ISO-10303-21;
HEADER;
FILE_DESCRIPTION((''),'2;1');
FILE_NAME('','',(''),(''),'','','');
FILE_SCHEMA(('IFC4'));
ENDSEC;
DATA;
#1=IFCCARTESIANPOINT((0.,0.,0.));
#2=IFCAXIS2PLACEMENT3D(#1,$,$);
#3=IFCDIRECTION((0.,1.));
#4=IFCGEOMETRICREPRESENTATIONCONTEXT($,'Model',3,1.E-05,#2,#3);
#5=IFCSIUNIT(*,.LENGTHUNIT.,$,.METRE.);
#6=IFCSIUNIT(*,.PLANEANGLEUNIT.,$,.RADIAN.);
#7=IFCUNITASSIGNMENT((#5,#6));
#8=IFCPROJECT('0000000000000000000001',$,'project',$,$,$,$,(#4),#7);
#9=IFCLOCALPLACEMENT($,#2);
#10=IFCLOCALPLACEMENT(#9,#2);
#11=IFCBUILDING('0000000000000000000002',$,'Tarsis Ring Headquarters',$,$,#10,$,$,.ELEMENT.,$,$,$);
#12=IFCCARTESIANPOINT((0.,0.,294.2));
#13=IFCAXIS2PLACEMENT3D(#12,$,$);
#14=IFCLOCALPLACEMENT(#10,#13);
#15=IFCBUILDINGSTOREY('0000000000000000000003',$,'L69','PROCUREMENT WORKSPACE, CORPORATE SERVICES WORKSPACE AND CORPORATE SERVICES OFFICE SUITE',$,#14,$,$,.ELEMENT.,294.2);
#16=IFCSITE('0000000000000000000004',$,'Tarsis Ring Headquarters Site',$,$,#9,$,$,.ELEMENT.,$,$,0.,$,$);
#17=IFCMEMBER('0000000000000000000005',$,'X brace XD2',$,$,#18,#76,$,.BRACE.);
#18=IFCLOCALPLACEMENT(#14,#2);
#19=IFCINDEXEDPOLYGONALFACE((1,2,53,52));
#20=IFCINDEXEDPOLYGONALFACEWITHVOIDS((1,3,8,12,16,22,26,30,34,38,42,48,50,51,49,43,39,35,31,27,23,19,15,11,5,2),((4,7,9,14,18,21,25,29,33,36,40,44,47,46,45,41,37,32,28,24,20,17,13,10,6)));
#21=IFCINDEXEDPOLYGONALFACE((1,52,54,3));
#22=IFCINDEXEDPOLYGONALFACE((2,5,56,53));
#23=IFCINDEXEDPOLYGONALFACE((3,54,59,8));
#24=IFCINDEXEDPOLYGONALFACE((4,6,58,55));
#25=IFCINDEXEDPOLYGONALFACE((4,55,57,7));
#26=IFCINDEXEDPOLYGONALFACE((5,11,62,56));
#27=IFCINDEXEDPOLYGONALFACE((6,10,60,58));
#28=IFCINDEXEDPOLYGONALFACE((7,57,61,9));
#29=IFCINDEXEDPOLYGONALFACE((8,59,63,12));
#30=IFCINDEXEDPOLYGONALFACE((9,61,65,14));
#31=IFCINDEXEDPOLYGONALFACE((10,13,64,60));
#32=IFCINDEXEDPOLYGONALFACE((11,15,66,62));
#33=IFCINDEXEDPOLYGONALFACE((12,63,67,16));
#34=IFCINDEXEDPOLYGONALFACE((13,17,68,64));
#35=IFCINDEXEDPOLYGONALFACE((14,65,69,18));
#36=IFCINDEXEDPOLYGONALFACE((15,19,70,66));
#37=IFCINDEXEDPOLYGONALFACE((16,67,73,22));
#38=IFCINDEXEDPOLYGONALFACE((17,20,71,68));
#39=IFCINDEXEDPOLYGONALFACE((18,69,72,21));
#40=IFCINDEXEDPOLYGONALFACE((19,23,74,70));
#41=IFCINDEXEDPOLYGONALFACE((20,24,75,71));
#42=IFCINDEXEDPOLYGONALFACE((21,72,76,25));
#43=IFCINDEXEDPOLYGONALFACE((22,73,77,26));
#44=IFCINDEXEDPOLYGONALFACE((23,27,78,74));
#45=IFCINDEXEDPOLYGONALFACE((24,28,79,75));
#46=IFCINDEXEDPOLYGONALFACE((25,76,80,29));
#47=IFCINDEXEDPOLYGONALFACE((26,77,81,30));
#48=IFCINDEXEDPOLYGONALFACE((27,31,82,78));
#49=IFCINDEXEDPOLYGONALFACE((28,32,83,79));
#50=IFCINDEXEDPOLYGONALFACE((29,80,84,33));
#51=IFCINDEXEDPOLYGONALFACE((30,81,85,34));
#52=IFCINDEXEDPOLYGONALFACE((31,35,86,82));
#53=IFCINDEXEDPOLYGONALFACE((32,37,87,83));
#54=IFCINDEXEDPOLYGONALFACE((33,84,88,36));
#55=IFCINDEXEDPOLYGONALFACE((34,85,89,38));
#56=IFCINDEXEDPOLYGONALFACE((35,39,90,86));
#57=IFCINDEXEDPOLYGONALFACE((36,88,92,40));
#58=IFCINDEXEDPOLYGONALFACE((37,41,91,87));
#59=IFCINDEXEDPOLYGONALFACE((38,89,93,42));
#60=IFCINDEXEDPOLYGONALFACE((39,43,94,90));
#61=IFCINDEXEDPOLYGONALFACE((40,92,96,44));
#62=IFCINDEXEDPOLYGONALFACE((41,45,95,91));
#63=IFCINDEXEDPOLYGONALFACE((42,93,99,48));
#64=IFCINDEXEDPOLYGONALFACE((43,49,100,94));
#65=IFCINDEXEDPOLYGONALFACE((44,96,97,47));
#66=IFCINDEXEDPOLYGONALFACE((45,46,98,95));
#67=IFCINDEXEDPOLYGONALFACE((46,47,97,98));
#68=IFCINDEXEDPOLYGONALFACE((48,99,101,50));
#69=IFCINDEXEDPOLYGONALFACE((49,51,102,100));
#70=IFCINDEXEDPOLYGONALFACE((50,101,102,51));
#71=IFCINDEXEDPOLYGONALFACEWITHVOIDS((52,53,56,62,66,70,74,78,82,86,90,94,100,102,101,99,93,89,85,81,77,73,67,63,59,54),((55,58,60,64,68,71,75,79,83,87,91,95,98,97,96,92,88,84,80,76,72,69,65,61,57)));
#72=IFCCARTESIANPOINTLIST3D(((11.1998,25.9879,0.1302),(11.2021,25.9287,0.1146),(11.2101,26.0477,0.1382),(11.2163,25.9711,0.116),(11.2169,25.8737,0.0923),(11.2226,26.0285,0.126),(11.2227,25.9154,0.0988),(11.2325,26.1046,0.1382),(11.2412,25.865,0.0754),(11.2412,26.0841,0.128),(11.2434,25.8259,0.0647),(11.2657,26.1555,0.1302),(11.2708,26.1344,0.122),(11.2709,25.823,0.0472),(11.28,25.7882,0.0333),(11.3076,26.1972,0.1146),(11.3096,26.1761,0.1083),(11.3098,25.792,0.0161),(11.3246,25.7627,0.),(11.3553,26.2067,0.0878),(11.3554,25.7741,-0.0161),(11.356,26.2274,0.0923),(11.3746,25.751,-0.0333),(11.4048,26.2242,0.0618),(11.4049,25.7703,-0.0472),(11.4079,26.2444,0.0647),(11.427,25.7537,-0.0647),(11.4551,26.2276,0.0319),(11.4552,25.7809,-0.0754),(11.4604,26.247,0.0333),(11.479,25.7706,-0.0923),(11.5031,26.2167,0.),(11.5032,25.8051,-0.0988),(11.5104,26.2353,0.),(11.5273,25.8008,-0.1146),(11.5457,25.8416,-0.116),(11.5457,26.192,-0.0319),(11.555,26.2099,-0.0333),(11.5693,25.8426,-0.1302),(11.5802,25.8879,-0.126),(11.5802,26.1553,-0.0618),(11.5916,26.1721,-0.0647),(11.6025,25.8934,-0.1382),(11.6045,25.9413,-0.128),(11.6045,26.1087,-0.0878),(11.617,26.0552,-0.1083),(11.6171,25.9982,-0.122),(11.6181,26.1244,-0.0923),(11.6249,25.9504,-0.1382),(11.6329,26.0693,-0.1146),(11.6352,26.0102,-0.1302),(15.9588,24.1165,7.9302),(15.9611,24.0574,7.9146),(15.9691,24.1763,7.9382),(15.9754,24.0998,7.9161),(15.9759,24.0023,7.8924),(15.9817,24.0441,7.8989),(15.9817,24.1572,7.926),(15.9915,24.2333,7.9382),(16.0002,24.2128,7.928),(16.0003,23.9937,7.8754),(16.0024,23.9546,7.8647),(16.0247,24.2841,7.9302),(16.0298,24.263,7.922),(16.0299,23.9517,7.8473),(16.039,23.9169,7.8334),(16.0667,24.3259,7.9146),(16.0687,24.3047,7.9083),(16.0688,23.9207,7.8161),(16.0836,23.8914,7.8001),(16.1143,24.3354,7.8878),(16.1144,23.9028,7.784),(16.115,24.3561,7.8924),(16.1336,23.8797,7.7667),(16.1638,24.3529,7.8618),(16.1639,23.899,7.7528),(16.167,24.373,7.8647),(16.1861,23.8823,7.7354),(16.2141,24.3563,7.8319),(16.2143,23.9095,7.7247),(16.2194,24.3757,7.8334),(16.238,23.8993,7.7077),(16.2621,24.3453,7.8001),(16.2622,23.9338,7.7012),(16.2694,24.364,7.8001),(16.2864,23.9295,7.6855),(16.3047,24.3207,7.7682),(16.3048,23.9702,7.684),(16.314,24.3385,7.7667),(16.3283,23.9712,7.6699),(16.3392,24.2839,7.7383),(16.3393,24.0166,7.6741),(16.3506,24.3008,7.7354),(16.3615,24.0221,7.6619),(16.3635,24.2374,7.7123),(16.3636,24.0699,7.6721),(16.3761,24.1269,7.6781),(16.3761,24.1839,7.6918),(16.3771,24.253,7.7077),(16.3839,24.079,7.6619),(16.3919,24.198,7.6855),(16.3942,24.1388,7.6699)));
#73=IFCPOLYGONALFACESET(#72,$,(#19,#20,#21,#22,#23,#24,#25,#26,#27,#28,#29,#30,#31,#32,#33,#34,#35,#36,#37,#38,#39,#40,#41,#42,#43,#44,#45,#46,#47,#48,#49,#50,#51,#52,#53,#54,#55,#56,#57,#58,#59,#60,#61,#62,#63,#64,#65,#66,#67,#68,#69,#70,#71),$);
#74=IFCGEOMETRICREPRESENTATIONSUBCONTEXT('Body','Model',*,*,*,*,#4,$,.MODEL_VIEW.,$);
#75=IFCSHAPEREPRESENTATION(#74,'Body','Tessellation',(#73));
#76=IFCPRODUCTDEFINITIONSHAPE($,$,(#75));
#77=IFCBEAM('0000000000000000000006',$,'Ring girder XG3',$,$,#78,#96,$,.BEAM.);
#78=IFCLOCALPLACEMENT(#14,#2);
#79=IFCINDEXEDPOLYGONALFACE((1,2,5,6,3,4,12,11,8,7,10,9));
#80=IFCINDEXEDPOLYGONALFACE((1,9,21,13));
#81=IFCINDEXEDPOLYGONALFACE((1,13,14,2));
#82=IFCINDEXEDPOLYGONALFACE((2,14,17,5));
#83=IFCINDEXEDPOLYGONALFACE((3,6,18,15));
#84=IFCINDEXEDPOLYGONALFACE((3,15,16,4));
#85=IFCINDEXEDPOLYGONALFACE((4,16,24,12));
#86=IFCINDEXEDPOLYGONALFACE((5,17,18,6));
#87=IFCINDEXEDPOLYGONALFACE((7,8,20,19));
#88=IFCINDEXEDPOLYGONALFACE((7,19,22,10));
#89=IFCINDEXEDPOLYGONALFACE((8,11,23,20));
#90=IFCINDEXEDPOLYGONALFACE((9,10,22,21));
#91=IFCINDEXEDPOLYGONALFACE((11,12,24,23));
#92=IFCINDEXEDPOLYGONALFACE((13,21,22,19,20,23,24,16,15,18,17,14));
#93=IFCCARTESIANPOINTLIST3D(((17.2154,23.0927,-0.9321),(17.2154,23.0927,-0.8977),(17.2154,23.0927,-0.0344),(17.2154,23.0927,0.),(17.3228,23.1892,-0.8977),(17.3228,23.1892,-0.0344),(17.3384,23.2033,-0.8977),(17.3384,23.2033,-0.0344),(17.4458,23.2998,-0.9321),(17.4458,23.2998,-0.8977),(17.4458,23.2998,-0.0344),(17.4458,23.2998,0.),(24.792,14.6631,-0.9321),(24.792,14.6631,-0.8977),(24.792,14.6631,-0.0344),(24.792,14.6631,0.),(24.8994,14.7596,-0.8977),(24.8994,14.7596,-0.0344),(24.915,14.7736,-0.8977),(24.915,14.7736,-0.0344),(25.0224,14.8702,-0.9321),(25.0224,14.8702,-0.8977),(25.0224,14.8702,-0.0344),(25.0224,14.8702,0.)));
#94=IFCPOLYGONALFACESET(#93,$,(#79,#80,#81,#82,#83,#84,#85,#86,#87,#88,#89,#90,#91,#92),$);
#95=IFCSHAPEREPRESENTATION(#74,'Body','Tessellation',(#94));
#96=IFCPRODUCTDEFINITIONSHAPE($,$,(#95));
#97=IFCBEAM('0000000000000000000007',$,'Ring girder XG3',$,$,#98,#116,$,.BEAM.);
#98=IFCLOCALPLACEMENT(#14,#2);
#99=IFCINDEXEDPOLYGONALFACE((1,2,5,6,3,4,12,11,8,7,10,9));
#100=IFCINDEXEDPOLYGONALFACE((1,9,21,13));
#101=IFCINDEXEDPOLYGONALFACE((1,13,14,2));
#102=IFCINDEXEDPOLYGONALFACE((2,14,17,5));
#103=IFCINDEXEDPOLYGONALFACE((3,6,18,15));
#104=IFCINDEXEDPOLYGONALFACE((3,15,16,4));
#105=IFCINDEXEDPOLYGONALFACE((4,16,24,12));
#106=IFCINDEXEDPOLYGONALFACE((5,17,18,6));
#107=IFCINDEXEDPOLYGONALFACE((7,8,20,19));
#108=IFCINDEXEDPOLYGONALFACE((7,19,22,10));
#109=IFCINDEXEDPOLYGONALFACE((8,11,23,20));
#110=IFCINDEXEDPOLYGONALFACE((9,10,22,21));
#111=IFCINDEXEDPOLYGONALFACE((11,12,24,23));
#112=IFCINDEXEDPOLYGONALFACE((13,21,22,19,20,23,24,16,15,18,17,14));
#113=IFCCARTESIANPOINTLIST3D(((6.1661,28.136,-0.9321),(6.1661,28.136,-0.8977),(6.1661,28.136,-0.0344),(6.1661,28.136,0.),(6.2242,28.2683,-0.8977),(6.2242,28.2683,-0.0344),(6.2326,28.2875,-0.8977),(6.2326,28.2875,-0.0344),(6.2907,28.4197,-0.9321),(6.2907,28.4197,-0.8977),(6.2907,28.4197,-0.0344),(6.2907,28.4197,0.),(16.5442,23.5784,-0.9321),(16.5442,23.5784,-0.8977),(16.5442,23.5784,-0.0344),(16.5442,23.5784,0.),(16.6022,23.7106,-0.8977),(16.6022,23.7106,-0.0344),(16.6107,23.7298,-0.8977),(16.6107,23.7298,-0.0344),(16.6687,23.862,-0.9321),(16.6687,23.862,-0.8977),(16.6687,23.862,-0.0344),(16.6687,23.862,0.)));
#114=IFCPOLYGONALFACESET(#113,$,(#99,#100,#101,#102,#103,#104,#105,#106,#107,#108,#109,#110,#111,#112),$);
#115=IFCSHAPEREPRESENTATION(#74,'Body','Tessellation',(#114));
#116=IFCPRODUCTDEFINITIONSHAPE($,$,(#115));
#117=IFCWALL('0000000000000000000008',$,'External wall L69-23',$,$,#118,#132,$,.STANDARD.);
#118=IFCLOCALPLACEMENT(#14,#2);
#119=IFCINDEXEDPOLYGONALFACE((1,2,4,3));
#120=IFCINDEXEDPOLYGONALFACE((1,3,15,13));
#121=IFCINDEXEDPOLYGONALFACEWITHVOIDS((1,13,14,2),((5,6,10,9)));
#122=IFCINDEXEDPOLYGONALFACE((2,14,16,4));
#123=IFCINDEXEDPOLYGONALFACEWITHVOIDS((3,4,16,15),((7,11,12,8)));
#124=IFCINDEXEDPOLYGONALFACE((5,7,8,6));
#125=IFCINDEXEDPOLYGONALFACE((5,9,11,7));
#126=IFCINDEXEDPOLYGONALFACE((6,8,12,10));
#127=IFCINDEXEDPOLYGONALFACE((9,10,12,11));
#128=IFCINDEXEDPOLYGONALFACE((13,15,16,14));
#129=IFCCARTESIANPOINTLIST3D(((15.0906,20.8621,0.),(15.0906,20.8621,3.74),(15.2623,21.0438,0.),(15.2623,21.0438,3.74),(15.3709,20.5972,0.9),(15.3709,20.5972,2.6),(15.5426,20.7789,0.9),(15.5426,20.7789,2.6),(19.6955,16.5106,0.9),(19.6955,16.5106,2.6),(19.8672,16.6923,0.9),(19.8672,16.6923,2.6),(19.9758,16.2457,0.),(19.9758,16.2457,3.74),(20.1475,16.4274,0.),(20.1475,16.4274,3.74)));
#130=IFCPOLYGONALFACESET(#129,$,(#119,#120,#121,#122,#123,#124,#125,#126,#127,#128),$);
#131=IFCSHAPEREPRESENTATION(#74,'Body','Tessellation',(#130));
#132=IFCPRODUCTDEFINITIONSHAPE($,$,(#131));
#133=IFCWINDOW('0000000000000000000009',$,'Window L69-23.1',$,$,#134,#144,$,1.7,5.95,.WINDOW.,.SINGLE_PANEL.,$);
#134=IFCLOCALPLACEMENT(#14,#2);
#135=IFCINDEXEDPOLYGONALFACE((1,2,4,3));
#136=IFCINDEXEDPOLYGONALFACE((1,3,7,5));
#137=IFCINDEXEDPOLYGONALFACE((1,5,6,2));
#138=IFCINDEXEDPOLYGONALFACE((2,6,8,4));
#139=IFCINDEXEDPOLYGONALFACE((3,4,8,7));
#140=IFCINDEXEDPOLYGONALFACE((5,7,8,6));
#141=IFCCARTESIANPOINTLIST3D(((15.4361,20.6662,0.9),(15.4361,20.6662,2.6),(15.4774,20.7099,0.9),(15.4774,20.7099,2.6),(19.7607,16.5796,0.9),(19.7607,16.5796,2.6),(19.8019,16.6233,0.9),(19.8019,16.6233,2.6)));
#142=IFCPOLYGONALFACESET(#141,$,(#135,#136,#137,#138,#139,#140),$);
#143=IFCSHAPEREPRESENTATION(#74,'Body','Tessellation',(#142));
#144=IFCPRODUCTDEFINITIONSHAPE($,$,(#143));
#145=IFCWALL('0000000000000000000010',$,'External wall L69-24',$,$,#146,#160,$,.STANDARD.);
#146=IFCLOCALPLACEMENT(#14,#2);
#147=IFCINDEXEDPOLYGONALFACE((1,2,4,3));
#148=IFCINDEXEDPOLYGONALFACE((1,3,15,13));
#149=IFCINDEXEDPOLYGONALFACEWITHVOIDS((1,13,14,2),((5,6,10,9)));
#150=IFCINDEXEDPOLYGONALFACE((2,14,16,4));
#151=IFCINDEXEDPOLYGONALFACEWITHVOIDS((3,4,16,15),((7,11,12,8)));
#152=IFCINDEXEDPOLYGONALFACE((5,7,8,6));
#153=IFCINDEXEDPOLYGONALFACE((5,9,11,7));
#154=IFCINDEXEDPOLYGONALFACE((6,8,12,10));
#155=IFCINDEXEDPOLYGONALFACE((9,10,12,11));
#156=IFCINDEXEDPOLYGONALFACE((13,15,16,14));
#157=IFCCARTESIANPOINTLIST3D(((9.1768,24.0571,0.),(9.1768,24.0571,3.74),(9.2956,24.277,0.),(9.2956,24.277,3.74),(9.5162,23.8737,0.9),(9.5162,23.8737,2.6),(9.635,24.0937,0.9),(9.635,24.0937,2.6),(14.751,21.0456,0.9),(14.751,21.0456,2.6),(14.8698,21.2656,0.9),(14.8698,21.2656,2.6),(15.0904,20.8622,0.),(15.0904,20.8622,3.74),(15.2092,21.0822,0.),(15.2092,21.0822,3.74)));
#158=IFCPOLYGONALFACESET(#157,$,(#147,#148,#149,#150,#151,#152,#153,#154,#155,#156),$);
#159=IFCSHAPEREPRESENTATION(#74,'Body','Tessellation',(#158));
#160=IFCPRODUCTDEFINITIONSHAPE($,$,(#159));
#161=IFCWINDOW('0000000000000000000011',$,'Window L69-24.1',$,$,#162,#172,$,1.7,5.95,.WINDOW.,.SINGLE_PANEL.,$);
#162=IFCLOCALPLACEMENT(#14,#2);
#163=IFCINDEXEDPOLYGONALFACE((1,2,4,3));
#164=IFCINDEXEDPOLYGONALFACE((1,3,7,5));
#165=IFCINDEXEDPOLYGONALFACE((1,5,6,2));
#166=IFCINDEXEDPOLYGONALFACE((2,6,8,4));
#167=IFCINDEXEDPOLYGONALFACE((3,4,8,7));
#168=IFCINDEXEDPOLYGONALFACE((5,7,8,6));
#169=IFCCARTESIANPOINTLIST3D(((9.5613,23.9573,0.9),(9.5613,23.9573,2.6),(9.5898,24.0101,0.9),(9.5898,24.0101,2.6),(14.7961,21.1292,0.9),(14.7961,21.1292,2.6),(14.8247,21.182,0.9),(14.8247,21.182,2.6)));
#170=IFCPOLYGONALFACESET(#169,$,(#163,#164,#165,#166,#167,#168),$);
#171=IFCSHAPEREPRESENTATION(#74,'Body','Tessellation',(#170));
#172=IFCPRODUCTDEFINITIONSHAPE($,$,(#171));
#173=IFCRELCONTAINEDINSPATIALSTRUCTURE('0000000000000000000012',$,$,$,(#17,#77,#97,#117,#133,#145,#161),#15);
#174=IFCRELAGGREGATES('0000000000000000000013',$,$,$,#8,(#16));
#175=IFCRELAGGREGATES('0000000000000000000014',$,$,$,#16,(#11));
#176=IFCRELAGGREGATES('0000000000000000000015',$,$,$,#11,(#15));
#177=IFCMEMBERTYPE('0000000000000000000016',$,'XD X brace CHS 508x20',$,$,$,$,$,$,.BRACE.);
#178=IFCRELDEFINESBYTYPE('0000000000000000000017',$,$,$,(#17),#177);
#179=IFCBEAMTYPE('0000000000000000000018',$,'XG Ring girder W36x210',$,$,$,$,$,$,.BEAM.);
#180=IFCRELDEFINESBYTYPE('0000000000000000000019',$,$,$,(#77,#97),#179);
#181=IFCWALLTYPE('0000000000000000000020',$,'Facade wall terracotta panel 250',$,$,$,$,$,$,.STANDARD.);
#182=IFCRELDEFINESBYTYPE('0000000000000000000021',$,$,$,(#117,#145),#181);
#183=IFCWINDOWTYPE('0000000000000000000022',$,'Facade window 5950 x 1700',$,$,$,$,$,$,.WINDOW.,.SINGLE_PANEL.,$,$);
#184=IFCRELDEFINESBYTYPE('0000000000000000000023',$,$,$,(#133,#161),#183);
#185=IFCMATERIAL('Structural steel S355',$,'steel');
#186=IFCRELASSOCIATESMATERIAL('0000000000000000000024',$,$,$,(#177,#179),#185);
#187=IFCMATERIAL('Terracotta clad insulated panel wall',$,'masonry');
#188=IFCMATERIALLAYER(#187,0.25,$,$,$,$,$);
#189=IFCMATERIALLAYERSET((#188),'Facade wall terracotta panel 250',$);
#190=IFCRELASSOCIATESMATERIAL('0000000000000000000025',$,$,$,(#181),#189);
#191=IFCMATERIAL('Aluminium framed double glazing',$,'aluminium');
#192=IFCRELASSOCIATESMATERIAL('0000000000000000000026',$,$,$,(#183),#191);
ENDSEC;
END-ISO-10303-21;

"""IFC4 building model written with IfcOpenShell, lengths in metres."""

from ifc_helpers import new_model, si_unit, direction, frame, frame_2d, origin, origin_2d, place, context, subcontext, project, spatial, rectangle, hollow_circle, i_section, extrude, material, layer, layer_set, material_profile, profile_set, type_object, element, fill, save


model = new_model("IFC4")

# Units and contexts
model_context = context("Model", 3, precision=1e-05, world=origin(), true_north=direction((0.0, 1.0)))
body_context = subcontext(model_context, "Body", "Model", "MODEL_VIEW")
ifc_project = project(units=[si_unit("LENGTHUNIT", "METRE"), si_unit("PLANEANGLEUNIT", "RADIAN")], contexts=[model_context])

# Site, building, storey
site_placement = place(None, origin())
site = spatial("IfcSite", under=ifc_project, at=site_placement, Name="Tarsis Ring Headquarters Site", CompositionType="ELEMENT", RefElevation=0.0)
building_placement = place(site_placement, origin())
building = spatial("IfcBuilding", under=site, at=building_placement, Name="Tarsis Ring Headquarters", CompositionType="ELEMENT")
storey_placement = place(building_placement, frame((0.0, 0.0, 294.2)))
storey = spatial("IfcBuildingStorey", under=building, at=storey_placement, Name="L69", Description="PROCUREMENT WORKSPACE, CORPORATE SERVICES WORKSPACE AND CORPORATE SERVICES OFFICE SUITE", CompositionType="ELEMENT", Elevation=294.2)

# Shared definitions
ifc_material_1 = material(Name="Structural steel S355", Category="steel")

# Member
ifc_material_profile_1 = material_profile(ifc_material_1, hollow_circle(Radius=0.2539, WallThickness=0.02, at=origin_2d()), Name="CHS 508x20")
ifc_profile_set_1 = profile_set([ifc_material_profile_1], Name="Structural steel S355")
member_type = type_object("IfcMemberType", Name="XD X brace CHS 508x20", PredefinedType="BRACE", material=ifc_profile_set_1)
member_1_placement = place(storey_placement, frame((11.4175, 25.999, 0.0), z_axis=(0.510248, -0.200639, 0.836296), x_axis=(0.365943, 0.930637, 0.0)))
element("IfcMember", 1, at=member_1_placement, inside=storey, type_object=member_type, Name="X brace XD2", PredefinedType="BRACE", context=body_context, shape_type="SweptSolid", body=[
    extrude(hollow_circle(Radius=0.2539, WallThickness=0.02, at=origin_2d()), origin(), (0.0, 0.0, 1.0), 9.3269),
])

# Beams
ifc_material_profile_2 = material_profile(ifc_material_1, i_section(OverallWidth=0.3098, OverallDepth=0.9321, WebThickness=0.021, FlangeThickness=0.0344, at=origin_2d()), Name="W36x210")
ifc_profile_set_2 = profile_set([ifc_material_profile_2], Name="Structural steel S355")
beam_type_1 = type_object("IfcBeamType", Name="XG Ring girder W36x210", PredefinedType="BEAM", material=ifc_profile_set_2)
beam_1_placement = place(storey_placement, frame((24.9072, 14.7666, -0.4661), z_axis=(-0.668474, 0.743735, 0.0), x_axis=(-0.743735, -0.668474, 0.0)))
element("IfcBeam", 2, at=beam_1_placement, inside=storey, type_object=beam_type_1, Name="Ring girder XG3", PredefinedType="BEAM", context=body_context, shape_type="SweptSolid", body=[
    extrude(i_section(OverallWidth=0.3098, OverallDepth=0.9321, WebThickness=0.021, FlangeThickness=0.0344, at=origin_2d()), origin(), (0.0, 0.0, 1.0), 11.3342),
])
beam_2_placement = place(storey_placement, frame((16.6064, 23.7202, -0.4661), z_axis=(-0.915597, 0.402098, 0.0), x_axis=(-0.402098, -0.915597, 0.0)))
element("IfcBeam", 3, at=beam_2_placement, inside=storey, type_object=beam_type_1, Name="Ring girder XG3", PredefinedType="BEAM", context=body_context, shape_type="SweptSolid", body=[
    extrude(i_section(OverallWidth=0.3098, OverallDepth=0.9321, WebThickness=0.021, FlangeThickness=0.0344, at=origin_2d()), origin(), (0.0, 0.0, 1.0), 11.3347),
])

# Walls, openings, windows
ifc_material_2 = material(Name="Terracotta clad insulated panel wall", Category="masonry")
ifc_layer = layer(ifc_material_2, 0.25)
ifc_layer_set = layer_set([ifc_layer], Name="Facade wall terracotta panel 250")
wall_type = type_object("IfcWallType", Name="Facade wall terracotta panel 250", PredefinedType="STANDARD", material=ifc_layer_set)
wall_1_placement = place(storey_placement, frame((20.0618, 16.3364, 0.0), z_axis=(0.0, 0.0, 1.0), x_axis=(-0.72682, 0.686828, 0.0)))
wall_1 = element("IfcWall", 4, at=wall_1_placement, inside=storey, type_object=wall_type, Name="External wall L69-23", PredefinedType="STANDARD", context=body_context, shape_type="SweptSolid", body=[
    extrude(rectangle(XDim=6.7214, YDim=0.25, at=frame_2d((3.3608, 0.0))), origin(), (0.0, 0.0, 1.0), 3.74),
])
opening_1_placement = place(wall_1_placement, frame((0.3857, 0.0, 0.8999)))
opening_1 = element("IfcOpeningElement", 5, at=opening_1_placement, cuts=wall_1, PredefinedType="OPENING", context=body_context, shape_type="SweptSolid", body=[
    extrude(rectangle(XDim=5.95, YDim=1.7, at=frame_2d((2.9751, 0.8501))), frame((0.0, 0.135, 0.0), z_axis=(0.0, -1.0, 0.0), x_axis=(1.0, 0.0, 0.0)), (0.0, 0.0, 1.0), 0.27),
])
ifc_material_3 = material(Name="Aluminium framed double glazing", Category="aluminium")
window_type = type_object("IfcWindowType", Name="Facade window 5950 x 1700", PartitioningType="SINGLE_PANEL", PredefinedType="WINDOW", material=ifc_material_3)
window_1_placement = place(opening_1_placement, origin())
window_1 = element("IfcWindow", 6, at=window_1_placement, inside=storey, type_object=window_type, Name="Window L69-23.1", OverallHeight=1.7, OverallWidth=5.95, PartitioningType="SINGLE_PANEL", PredefinedType="WINDOW", context=body_context, shape_type="SweptSolid", body=[
    extrude(rectangle(XDim=5.95, YDim=1.7, at=frame_2d((2.9751, 0.8501))), frame((0.0, 0.03, 0.0), z_axis=(0.0, -1.0, 0.0), x_axis=(1.0, 0.0, 0.0)), (0.0, 0.0, 1.0), 0.0601),
])
fill(opening_1, window_1)
wall_2_placement = place(storey_placement, frame((15.1499, 20.9722, 0.0), z_axis=(0.0, 0.0, 1.0), x_axis=(-0.879812, 0.475321, 0.0)))
wall_2 = element("IfcWall", 7, at=wall_2_placement, inside=storey, type_object=wall_type, Name="External wall L69-24", PredefinedType="STANDARD", context=body_context, shape_type="SweptSolid", body=[
    extrude(rectangle(XDim=6.7214, YDim=0.25, at=frame_2d((3.3608, 0.0))), origin(), (0.0, 0.0, 1.0), 3.74),
])
opening_2_placement = place(wall_2_placement, frame((0.3857, 0.0, 0.8999)))
opening_2 = element("IfcOpeningElement", 8, at=opening_2_placement, cuts=wall_2, PredefinedType="OPENING", context=body_context, shape_type="SweptSolid", body=[
    extrude(rectangle(XDim=5.95, YDim=1.7, at=frame_2d((2.9751, 0.8501))), frame((0.0, 0.135, 0.0), z_axis=(0.0, -1.0, 0.0), x_axis=(1.0, 0.0, 0.0)), (0.0, 0.0, 1.0), 0.27),
])
window_2_placement = place(opening_2_placement, origin())
window_2 = element("IfcWindow", 9, at=window_2_placement, inside=storey, type_object=window_type, Name="Window L69-24.1", OverallHeight=1.7, OverallWidth=5.95, PartitioningType="SINGLE_PANEL", PredefinedType="WINDOW", context=body_context, shape_type="SweptSolid", body=[
    extrude(rectangle(XDim=5.95, YDim=1.7, at=frame_2d((2.9751, 0.8501))), frame((0.0, 0.03, 0.0), z_axis=(0.0, -1.0, 0.0), x_axis=(1.0, 0.0, 0.0)), (0.0, 0.0, 1.0), 0.0601),
])
fill(opening_2, window_2)

save(model, "model.ifc")
